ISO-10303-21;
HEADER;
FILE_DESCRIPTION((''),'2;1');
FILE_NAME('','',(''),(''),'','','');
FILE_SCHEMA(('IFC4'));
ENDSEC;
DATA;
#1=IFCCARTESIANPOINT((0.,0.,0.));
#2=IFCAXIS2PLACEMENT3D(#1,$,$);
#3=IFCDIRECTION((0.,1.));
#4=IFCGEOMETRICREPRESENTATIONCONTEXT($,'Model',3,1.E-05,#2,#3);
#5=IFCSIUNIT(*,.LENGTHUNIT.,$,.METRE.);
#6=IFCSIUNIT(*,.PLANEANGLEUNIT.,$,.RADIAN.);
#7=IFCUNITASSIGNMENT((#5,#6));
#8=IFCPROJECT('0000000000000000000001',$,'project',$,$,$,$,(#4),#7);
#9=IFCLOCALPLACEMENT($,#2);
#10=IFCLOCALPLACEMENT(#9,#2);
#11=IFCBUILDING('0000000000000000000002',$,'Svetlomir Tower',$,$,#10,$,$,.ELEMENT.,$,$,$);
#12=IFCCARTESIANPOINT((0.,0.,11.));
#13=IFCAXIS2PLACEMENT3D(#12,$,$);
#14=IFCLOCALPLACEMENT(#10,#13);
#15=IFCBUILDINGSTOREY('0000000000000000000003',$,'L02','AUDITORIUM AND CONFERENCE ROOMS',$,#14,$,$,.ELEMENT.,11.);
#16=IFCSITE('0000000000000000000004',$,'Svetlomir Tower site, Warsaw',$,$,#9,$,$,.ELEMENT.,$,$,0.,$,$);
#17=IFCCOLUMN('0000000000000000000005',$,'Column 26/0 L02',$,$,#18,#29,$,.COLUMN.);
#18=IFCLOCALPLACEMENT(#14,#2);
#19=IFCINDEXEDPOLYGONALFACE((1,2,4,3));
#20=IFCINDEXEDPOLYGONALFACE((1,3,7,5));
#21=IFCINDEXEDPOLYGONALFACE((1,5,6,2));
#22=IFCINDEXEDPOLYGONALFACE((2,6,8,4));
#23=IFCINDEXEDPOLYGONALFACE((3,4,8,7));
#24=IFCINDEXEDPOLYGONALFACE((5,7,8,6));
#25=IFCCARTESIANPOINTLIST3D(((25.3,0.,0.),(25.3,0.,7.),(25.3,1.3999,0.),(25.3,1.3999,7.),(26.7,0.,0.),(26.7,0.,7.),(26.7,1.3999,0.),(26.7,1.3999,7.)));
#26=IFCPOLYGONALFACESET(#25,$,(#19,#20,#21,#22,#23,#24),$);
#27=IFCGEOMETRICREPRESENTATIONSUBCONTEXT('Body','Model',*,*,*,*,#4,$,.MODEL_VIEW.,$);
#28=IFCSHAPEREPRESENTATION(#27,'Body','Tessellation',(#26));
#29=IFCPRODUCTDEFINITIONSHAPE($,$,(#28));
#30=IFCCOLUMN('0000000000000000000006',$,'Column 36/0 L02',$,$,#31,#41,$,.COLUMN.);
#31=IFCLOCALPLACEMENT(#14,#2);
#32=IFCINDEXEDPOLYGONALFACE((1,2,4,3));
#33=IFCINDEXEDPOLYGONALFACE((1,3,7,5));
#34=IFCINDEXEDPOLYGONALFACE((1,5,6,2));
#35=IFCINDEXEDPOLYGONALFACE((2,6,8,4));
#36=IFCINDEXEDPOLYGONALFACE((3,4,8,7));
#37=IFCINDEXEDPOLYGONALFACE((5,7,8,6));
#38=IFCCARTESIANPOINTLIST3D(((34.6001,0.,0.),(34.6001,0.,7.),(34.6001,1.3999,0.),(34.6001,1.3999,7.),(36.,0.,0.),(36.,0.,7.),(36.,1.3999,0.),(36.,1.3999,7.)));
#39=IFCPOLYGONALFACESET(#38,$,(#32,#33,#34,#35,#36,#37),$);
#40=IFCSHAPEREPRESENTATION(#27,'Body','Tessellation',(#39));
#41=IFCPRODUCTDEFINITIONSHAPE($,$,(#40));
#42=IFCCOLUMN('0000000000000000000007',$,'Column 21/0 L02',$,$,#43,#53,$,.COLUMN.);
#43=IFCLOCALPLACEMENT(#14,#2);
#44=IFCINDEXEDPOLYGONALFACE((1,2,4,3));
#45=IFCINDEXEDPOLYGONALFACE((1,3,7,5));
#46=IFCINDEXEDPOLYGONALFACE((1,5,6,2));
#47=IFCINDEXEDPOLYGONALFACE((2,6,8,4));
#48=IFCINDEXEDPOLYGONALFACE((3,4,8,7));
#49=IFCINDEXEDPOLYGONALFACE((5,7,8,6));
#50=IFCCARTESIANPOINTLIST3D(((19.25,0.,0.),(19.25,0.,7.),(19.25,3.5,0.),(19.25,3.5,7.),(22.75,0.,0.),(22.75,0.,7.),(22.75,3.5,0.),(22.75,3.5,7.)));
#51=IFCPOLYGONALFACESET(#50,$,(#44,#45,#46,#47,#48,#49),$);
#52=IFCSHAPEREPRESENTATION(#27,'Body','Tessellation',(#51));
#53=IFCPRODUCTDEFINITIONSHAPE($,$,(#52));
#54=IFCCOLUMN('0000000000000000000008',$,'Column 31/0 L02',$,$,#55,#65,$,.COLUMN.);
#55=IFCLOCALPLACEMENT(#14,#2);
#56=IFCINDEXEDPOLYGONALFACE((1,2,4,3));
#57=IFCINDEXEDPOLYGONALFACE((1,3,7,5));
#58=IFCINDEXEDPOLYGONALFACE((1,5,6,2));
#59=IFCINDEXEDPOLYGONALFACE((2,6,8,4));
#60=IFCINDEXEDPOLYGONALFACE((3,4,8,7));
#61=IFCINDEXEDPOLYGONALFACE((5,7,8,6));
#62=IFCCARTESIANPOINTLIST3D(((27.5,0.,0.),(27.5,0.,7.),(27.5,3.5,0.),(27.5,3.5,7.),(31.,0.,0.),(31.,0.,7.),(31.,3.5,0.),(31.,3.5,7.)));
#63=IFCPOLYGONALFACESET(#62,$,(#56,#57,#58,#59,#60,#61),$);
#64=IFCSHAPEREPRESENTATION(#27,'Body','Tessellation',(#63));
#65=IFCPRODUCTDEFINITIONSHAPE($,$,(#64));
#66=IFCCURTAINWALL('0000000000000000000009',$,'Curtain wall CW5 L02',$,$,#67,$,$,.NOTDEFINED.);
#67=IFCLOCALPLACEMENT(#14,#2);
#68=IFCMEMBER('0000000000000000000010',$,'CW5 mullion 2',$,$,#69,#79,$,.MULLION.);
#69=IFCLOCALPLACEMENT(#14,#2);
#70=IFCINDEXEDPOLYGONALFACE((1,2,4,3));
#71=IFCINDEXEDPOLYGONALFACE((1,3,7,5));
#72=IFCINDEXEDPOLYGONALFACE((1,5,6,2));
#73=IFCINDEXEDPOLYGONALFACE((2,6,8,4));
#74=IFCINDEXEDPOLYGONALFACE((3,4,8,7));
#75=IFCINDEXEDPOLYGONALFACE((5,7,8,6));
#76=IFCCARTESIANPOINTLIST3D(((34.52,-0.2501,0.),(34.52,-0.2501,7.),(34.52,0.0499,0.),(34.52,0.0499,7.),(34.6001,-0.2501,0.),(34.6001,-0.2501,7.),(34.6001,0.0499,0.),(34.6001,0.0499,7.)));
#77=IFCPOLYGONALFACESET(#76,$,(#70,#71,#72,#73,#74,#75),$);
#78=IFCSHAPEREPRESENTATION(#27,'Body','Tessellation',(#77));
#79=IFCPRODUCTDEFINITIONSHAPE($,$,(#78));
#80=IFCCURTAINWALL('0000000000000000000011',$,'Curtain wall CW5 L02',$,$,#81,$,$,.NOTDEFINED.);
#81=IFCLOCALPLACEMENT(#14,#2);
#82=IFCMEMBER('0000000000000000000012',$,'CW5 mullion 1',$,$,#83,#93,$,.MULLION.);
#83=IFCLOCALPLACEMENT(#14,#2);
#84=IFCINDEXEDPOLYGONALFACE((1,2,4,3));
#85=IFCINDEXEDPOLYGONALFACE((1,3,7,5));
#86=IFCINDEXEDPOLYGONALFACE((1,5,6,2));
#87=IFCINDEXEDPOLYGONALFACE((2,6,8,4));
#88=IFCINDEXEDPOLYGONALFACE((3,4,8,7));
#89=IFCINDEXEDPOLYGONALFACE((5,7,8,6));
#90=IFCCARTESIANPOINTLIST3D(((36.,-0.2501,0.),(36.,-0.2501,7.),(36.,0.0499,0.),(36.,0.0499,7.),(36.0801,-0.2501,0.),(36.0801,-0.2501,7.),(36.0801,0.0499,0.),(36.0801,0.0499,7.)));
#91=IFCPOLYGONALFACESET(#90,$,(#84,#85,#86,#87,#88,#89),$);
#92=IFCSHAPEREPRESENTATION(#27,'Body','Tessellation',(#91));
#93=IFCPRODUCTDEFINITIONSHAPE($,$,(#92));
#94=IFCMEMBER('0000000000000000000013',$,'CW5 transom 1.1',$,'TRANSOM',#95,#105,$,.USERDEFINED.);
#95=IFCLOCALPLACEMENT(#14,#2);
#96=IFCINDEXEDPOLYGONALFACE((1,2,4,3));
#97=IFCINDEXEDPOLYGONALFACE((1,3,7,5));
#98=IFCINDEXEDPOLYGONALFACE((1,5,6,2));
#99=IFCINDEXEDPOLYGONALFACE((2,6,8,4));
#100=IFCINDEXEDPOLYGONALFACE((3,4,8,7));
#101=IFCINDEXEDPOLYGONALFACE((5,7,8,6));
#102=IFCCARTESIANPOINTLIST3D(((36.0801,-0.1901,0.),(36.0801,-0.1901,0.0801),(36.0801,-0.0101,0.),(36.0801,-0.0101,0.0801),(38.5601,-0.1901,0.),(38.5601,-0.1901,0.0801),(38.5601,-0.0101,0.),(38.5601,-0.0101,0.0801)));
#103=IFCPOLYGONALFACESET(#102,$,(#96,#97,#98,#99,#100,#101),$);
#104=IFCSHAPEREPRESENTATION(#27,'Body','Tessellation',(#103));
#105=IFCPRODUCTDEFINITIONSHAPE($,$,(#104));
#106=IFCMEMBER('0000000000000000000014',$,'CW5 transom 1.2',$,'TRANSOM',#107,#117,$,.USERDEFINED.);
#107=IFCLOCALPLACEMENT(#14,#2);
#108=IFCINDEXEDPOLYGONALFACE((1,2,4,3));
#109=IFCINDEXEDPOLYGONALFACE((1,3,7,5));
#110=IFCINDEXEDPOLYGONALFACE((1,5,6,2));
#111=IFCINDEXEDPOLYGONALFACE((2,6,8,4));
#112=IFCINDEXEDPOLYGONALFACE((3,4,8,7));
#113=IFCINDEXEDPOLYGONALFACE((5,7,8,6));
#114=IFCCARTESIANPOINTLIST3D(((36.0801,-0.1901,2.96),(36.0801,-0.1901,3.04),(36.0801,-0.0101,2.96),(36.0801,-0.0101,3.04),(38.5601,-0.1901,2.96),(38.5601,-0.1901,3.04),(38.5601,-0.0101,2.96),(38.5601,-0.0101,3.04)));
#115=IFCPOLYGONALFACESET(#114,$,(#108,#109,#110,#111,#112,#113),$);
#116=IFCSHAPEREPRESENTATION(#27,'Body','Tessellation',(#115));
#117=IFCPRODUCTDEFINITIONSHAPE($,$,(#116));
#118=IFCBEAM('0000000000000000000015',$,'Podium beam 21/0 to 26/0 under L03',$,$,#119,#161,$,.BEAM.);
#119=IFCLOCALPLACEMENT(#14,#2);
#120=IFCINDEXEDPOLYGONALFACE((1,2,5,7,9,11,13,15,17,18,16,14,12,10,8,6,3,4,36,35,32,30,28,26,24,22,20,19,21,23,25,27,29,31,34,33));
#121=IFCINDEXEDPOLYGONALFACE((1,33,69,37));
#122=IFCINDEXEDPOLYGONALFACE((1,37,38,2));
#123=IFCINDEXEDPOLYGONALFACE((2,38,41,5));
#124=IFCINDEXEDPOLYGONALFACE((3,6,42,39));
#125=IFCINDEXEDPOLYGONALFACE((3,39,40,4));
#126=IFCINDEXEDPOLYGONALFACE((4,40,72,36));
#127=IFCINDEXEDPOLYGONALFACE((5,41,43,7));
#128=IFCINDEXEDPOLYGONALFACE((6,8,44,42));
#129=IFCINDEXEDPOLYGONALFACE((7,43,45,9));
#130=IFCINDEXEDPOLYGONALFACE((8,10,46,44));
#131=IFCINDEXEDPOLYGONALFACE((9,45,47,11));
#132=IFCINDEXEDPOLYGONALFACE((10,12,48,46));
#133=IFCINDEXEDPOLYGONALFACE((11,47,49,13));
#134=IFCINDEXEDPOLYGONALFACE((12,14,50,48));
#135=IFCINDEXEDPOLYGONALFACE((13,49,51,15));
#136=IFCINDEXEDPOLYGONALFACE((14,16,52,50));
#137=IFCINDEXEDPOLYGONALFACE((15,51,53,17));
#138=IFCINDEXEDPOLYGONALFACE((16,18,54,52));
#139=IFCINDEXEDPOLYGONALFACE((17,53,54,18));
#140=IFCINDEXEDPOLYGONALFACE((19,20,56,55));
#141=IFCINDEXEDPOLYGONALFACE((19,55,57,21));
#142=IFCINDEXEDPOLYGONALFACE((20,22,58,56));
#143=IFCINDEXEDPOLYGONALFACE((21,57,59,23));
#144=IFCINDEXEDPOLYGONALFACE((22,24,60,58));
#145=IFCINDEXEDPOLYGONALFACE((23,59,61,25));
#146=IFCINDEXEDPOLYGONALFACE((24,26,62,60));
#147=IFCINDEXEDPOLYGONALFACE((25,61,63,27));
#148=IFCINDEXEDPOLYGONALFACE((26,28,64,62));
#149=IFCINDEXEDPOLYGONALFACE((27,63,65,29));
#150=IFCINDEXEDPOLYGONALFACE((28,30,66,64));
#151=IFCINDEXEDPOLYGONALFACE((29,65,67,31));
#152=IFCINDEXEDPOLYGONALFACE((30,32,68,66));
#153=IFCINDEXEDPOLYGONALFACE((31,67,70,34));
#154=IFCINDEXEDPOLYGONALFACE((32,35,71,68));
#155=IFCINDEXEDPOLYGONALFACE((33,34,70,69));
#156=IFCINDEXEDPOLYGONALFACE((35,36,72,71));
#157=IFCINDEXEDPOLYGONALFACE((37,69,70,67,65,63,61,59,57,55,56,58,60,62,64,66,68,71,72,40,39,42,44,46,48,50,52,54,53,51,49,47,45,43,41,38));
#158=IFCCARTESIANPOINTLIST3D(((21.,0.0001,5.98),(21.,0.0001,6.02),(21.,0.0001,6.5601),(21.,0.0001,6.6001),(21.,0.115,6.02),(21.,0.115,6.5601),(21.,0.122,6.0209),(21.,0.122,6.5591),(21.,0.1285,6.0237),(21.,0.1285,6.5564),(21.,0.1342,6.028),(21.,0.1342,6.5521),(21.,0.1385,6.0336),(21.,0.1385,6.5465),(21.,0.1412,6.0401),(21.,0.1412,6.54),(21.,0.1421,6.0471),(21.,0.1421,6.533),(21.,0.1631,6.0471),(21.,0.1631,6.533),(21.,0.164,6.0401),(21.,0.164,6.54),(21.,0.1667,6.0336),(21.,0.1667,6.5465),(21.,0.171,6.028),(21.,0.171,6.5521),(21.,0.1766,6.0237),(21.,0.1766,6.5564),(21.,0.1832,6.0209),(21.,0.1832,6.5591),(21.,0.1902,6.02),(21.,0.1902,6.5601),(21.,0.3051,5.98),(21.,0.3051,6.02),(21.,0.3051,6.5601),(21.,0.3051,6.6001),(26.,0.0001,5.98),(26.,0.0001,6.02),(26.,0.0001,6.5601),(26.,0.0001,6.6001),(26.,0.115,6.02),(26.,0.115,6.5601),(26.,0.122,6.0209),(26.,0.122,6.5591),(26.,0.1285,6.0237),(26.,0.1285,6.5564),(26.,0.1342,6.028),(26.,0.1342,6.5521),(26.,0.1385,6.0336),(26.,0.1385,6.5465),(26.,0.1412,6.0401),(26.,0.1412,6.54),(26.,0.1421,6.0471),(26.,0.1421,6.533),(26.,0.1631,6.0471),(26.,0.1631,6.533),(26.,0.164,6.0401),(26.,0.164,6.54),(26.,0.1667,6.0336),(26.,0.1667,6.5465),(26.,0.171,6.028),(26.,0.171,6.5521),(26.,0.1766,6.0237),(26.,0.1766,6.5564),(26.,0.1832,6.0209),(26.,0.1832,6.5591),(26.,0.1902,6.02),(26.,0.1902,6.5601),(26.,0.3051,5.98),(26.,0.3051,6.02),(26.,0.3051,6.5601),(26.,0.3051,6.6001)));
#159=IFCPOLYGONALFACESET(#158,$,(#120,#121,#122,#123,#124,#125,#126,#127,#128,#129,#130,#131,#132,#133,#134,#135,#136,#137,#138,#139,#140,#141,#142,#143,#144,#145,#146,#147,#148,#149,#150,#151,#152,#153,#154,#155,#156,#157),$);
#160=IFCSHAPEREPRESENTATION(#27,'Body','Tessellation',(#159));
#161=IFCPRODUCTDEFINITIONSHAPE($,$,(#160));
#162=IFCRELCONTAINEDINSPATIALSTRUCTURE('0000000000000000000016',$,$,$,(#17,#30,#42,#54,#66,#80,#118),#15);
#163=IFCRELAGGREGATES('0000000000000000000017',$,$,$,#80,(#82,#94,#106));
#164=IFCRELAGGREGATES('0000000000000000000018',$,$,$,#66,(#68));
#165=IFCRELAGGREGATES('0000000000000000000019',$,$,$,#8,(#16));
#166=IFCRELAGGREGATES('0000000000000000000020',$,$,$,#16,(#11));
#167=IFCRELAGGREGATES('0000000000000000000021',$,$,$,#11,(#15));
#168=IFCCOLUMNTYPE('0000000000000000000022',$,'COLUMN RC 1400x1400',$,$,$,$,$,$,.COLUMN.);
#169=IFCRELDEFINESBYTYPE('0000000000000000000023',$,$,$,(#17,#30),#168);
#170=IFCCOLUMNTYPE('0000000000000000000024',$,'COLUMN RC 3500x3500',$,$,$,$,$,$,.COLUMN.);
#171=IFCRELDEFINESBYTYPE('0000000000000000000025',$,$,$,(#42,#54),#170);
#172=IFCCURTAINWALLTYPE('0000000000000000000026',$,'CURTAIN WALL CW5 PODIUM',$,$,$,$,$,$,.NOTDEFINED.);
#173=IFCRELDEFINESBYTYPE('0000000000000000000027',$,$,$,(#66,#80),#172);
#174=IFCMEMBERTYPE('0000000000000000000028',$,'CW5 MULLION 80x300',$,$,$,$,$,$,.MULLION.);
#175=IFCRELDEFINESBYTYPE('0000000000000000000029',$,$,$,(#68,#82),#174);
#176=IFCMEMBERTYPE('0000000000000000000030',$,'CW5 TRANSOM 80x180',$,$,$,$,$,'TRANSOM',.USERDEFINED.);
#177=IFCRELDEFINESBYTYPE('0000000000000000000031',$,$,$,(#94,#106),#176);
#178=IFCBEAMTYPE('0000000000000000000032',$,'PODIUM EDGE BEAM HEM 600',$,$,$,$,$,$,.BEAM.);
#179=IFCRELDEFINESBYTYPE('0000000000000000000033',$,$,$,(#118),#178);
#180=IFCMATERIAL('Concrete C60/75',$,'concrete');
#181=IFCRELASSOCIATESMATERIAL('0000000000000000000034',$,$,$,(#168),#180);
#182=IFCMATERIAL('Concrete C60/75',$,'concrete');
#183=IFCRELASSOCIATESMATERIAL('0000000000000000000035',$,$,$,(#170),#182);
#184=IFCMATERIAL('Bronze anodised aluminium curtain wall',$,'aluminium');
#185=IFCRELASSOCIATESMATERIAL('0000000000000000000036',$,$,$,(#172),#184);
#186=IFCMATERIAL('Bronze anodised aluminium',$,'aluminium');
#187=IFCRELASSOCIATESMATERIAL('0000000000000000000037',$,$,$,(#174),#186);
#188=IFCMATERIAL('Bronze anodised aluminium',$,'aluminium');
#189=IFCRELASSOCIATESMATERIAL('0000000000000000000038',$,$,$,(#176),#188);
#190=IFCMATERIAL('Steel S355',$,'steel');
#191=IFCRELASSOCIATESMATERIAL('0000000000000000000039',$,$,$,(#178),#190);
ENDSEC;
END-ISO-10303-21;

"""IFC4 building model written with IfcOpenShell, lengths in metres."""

from ifc_helpers import new_model, si_unit, direction, frame, origin, origin_2d, place, context, subcontext, project, spatial, rectangle, i_section, extrude, material, material_profile, profile_set, type_object, element, aggregate, save


model = new_model("IFC4")

# Units and contexts
model_context = context("Model", 3, precision=1e-05, world=origin(), true_north=direction((0.0, 1.0)))
body_context = subcontext(model_context, "Body", "Model", "MODEL_VIEW")
ifc_project = project(units=[si_unit("LENGTHUNIT", "METRE"), si_unit("PLANEANGLEUNIT", "RADIAN")], contexts=[model_context])

# Site, building, storey
site_placement = place(None, origin())
site = spatial("IfcSite", under=ifc_project, at=site_placement, Name="Svetlomir Tower site, Warsaw", CompositionType="ELEMENT", RefElevation=0.0)
building_placement = place(site_placement, origin())
building = spatial("IfcBuilding", under=site, at=building_placement, Name="Svetlomir Tower", CompositionType="ELEMENT")
storey_placement = place(building_placement, frame((0.0, 0.0, 11.0)))
storey = spatial("IfcBuildingStorey", under=building, at=storey_placement, Name="L02", Description="AUDITORIUM AND CONFERENCE ROOMS", CompositionType="ELEMENT", Elevation=11.0)

# Columns
ifc_material_1 = material(Name="Concrete C60/75", Category="concrete")
ifc_material_profile_1 = material_profile(ifc_material_1, rectangle(XDim=1.3999, YDim=1.3999, at=origin_2d()), Name="RC 1400x1400")
ifc_profile_set_1 = profile_set([ifc_material_profile_1], Name="Concrete C60/75")
column_type_1 = type_object("IfcColumnType", Name="COLUMN RC 1400x1400", PredefinedType="COLUMN", material=ifc_profile_set_1)
for number, where, z_axis, x_axis, name in (
    (1, (26.0, 0.7, 0.0), (0.0, 0.0, 1.0), (1.0, 0.0, 0.0), "Column 26/0 L02"),
    (2, (35.3, 0.7, 0.0), (0.0, 0.0, 1.0), (1.0, 0.0, 0.0), "Column 36/0 L02"),
):
    element("IfcColumn", number, at=place(storey_placement, frame(where, z_axis=z_axis, x_axis=x_axis)), inside=storey, type_object=column_type_1, Name=name, PredefinedType="COLUMN", context=body_context, shape_type="SweptSolid", body=[
        extrude(rectangle(XDim=1.3999, YDim=1.3999, at=origin_2d()), origin(), (0.0, 0.0, 1.0), 7.0),
    ])
ifc_material_2 = material(Name="Concrete C60/75", Category="concrete")
ifc_material_profile_2 = material_profile(ifc_material_2, rectangle(XDim=3.5, YDim=3.5, at=origin_2d()), Name="RC 3500x3500")
ifc_profile_set_2 = profile_set([ifc_material_profile_2], Name="Concrete C60/75")
column_type_2 = type_object("IfcColumnType", Name="COLUMN RC 3500x3500", PredefinedType="COLUMN", material=ifc_profile_set_2)
for number, where, z_axis, x_axis, name in (
    (3, (21.0, 1.75, 0.0), (0.0, 0.0, 1.0), (1.0, 0.0, 0.0), "Column 21/0 L02"),
    (4, (29.25, 1.75, 0.0), (0.0, 0.0, 1.0), (1.0, 0.0, 0.0), "Column 31/0 L02"),
):
    element("IfcColumn", number, at=place(storey_placement, frame(where, z_axis=z_axis, x_axis=x_axis)), inside=storey, type_object=column_type_2, Name=name, PredefinedType="COLUMN", context=body_context, shape_type="SweptSolid", body=[
        extrude(rectangle(XDim=3.5, YDim=3.5, at=origin_2d()), origin(), (0.0, 0.0, 1.0), 7.0),
    ])

# Curtain wall, member
ifc_material_3 = material(Name="Bronze anodised aluminium curtain wall", Category="aluminium")
curtain_wall_type = type_object("IfcCurtainWallType", Name="CURTAIN WALL CW5 PODIUM", PredefinedType="NOTDEFINED", material=ifc_material_3)
curtain_wall_1_placement = place(storey_placement, origin())
curtain_wall_1 = element("IfcCurtainWall", 5, at=curtain_wall_1_placement, inside=storey, type_object=curtain_wall_type, Name="Curtain wall CW5 L02", PredefinedType="NOTDEFINED")
ifc_material_4 = material(Name="Bronze anodised aluminium", Category="aluminium")
ifc_material_profile_3 = material_profile(ifc_material_4, rectangle(XDim=0.0801, YDim=0.3, at=origin_2d()), Name="AL 80x300")
ifc_profile_set_3 = profile_set([ifc_material_profile_3], Name="Bronze anodised aluminium 6063-T6")
member_type_1 = type_object("IfcMemberType", Name="CW5 MULLION 80x300", PredefinedType="MULLION", material=ifc_profile_set_3)
member_1_placement = place(storey_placement, frame((34.5601, -0.1001, 0.0), z_axis=(0.0, 0.0, 1.0), x_axis=(1.0, 0.0, 0.0)))
member_1 = element("IfcMember", 6, at=member_1_placement, type_object=member_type_1, Name="CW5 mullion 2", PredefinedType="MULLION", context=body_context, shape_type="SweptSolid", body=[
    extrude(rectangle(XDim=0.0801, YDim=0.3, at=origin_2d()), origin(), (0.0, 0.0, 1.0), 7.0),
])

# Curtain wall, members
curtain_wall_2_placement = place(storey_placement, origin())
curtain_wall_2 = element("IfcCurtainWall", 7, at=curtain_wall_2_placement, inside=storey, type_object=curtain_wall_type, Name="Curtain wall CW5 L02", PredefinedType="NOTDEFINED")
member_2_placement = place(storey_placement, frame((36.04, -0.1001, 0.0), z_axis=(0.0, 0.0, 1.0), x_axis=(1.0, 0.0, 0.0)))
member_2 = element("IfcMember", 8, at=member_2_placement, type_object=member_type_1, Name="CW5 mullion 1", PredefinedType="MULLION", context=body_context, shape_type="SweptSolid", body=[
    extrude(rectangle(XDim=0.0801, YDim=0.3, at=origin_2d()), origin(), (0.0, 0.0, 1.0), 7.0),
])
ifc_material_5 = material(Name="Bronze anodised aluminium", Category="aluminium")
ifc_material_profile_4 = material_profile(ifc_material_5, rectangle(XDim=0.1799, YDim=0.0801, at=origin_2d()), Name="AL 180x80")
ifc_profile_set_4 = profile_set([ifc_material_profile_4], Name="Bronze anodised aluminium 6063-T6")
member_type_2 = type_object("IfcMemberType", Name="CW5 TRANSOM 80x180", ElementType="TRANSOM", PredefinedType="USERDEFINED", material=ifc_profile_set_4)
member_3_placement = place(storey_placement, frame((36.0801, -0.1001, 0.04), z_axis=(1.0, 0.0, 0.0), x_axis=(0.0, 1.0, 0.0)))
member_3 = element("IfcMember", 9, at=member_3_placement, type_object=member_type_2, Name="CW5 transom 1.1", ObjectType="TRANSOM", PredefinedType="USERDEFINED", context=body_context, shape_type="SweptSolid", body=[
    extrude(rectangle(XDim=0.1799, YDim=0.0801, at=origin_2d()), origin(), (0.0, 0.0, 1.0), 2.48),
])
member_4_placement = place(storey_placement, frame((36.0801, -0.1001, 3.0), z_axis=(1.0, 0.0, 0.0), x_axis=(0.0, 1.0, 0.0)))
member_4 = element("IfcMember", 10, at=member_4_placement, type_object=member_type_2, Name="CW5 transom 1.2", ObjectType="TRANSOM", PredefinedType="USERDEFINED", context=body_context, shape_type="SweptSolid", body=[
    extrude(rectangle(XDim=0.1799, YDim=0.0801, at=origin_2d()), origin(), (0.0, 0.0, 1.0), 2.48),
])
aggregate(curtain_wall_2, [member_2, member_3, member_4])

# Beam
ifc_material_6 = material(Name="Steel S355", Category="steel")
ifc_material_profile_5 = material_profile(ifc_material_6, i_section(OverallWidth=0.3049, OverallDepth=0.6201, WebThickness=0.021, FlangeThickness=0.04, FilletRadius=0.0271, at=origin_2d()), Name="HEM 600")
ifc_profile_set_5 = profile_set([ifc_material_profile_5], Name="Steel S355")
beam_type = type_object("IfcBeamType", Name="PODIUM EDGE BEAM HEM 600", PredefinedType="BEAM", material=ifc_profile_set_5)
beam_1_placement = place(storey_placement, frame((21.0, 0.1526, 6.29), z_axis=(1.0, 0.0, 0.0), x_axis=(0.0, 1.0, 0.0)))
element("IfcBeam", 11, at=beam_1_placement, inside=storey, type_object=beam_type, Name="Podium beam 21/0 to 26/0 under L03", PredefinedType="BEAM", context=body_context, shape_type="SweptSolid", body=[
    extrude(i_section(OverallWidth=0.3049, OverallDepth=0.6201, WebThickness=0.021, FlangeThickness=0.04, FilletRadius=0.0271, at=origin_2d()), origin(), (0.0, 0.0, 1.0), 5.0),
])

aggregate(curtain_wall_1, [member_1])

save(model, "model.ifc")
